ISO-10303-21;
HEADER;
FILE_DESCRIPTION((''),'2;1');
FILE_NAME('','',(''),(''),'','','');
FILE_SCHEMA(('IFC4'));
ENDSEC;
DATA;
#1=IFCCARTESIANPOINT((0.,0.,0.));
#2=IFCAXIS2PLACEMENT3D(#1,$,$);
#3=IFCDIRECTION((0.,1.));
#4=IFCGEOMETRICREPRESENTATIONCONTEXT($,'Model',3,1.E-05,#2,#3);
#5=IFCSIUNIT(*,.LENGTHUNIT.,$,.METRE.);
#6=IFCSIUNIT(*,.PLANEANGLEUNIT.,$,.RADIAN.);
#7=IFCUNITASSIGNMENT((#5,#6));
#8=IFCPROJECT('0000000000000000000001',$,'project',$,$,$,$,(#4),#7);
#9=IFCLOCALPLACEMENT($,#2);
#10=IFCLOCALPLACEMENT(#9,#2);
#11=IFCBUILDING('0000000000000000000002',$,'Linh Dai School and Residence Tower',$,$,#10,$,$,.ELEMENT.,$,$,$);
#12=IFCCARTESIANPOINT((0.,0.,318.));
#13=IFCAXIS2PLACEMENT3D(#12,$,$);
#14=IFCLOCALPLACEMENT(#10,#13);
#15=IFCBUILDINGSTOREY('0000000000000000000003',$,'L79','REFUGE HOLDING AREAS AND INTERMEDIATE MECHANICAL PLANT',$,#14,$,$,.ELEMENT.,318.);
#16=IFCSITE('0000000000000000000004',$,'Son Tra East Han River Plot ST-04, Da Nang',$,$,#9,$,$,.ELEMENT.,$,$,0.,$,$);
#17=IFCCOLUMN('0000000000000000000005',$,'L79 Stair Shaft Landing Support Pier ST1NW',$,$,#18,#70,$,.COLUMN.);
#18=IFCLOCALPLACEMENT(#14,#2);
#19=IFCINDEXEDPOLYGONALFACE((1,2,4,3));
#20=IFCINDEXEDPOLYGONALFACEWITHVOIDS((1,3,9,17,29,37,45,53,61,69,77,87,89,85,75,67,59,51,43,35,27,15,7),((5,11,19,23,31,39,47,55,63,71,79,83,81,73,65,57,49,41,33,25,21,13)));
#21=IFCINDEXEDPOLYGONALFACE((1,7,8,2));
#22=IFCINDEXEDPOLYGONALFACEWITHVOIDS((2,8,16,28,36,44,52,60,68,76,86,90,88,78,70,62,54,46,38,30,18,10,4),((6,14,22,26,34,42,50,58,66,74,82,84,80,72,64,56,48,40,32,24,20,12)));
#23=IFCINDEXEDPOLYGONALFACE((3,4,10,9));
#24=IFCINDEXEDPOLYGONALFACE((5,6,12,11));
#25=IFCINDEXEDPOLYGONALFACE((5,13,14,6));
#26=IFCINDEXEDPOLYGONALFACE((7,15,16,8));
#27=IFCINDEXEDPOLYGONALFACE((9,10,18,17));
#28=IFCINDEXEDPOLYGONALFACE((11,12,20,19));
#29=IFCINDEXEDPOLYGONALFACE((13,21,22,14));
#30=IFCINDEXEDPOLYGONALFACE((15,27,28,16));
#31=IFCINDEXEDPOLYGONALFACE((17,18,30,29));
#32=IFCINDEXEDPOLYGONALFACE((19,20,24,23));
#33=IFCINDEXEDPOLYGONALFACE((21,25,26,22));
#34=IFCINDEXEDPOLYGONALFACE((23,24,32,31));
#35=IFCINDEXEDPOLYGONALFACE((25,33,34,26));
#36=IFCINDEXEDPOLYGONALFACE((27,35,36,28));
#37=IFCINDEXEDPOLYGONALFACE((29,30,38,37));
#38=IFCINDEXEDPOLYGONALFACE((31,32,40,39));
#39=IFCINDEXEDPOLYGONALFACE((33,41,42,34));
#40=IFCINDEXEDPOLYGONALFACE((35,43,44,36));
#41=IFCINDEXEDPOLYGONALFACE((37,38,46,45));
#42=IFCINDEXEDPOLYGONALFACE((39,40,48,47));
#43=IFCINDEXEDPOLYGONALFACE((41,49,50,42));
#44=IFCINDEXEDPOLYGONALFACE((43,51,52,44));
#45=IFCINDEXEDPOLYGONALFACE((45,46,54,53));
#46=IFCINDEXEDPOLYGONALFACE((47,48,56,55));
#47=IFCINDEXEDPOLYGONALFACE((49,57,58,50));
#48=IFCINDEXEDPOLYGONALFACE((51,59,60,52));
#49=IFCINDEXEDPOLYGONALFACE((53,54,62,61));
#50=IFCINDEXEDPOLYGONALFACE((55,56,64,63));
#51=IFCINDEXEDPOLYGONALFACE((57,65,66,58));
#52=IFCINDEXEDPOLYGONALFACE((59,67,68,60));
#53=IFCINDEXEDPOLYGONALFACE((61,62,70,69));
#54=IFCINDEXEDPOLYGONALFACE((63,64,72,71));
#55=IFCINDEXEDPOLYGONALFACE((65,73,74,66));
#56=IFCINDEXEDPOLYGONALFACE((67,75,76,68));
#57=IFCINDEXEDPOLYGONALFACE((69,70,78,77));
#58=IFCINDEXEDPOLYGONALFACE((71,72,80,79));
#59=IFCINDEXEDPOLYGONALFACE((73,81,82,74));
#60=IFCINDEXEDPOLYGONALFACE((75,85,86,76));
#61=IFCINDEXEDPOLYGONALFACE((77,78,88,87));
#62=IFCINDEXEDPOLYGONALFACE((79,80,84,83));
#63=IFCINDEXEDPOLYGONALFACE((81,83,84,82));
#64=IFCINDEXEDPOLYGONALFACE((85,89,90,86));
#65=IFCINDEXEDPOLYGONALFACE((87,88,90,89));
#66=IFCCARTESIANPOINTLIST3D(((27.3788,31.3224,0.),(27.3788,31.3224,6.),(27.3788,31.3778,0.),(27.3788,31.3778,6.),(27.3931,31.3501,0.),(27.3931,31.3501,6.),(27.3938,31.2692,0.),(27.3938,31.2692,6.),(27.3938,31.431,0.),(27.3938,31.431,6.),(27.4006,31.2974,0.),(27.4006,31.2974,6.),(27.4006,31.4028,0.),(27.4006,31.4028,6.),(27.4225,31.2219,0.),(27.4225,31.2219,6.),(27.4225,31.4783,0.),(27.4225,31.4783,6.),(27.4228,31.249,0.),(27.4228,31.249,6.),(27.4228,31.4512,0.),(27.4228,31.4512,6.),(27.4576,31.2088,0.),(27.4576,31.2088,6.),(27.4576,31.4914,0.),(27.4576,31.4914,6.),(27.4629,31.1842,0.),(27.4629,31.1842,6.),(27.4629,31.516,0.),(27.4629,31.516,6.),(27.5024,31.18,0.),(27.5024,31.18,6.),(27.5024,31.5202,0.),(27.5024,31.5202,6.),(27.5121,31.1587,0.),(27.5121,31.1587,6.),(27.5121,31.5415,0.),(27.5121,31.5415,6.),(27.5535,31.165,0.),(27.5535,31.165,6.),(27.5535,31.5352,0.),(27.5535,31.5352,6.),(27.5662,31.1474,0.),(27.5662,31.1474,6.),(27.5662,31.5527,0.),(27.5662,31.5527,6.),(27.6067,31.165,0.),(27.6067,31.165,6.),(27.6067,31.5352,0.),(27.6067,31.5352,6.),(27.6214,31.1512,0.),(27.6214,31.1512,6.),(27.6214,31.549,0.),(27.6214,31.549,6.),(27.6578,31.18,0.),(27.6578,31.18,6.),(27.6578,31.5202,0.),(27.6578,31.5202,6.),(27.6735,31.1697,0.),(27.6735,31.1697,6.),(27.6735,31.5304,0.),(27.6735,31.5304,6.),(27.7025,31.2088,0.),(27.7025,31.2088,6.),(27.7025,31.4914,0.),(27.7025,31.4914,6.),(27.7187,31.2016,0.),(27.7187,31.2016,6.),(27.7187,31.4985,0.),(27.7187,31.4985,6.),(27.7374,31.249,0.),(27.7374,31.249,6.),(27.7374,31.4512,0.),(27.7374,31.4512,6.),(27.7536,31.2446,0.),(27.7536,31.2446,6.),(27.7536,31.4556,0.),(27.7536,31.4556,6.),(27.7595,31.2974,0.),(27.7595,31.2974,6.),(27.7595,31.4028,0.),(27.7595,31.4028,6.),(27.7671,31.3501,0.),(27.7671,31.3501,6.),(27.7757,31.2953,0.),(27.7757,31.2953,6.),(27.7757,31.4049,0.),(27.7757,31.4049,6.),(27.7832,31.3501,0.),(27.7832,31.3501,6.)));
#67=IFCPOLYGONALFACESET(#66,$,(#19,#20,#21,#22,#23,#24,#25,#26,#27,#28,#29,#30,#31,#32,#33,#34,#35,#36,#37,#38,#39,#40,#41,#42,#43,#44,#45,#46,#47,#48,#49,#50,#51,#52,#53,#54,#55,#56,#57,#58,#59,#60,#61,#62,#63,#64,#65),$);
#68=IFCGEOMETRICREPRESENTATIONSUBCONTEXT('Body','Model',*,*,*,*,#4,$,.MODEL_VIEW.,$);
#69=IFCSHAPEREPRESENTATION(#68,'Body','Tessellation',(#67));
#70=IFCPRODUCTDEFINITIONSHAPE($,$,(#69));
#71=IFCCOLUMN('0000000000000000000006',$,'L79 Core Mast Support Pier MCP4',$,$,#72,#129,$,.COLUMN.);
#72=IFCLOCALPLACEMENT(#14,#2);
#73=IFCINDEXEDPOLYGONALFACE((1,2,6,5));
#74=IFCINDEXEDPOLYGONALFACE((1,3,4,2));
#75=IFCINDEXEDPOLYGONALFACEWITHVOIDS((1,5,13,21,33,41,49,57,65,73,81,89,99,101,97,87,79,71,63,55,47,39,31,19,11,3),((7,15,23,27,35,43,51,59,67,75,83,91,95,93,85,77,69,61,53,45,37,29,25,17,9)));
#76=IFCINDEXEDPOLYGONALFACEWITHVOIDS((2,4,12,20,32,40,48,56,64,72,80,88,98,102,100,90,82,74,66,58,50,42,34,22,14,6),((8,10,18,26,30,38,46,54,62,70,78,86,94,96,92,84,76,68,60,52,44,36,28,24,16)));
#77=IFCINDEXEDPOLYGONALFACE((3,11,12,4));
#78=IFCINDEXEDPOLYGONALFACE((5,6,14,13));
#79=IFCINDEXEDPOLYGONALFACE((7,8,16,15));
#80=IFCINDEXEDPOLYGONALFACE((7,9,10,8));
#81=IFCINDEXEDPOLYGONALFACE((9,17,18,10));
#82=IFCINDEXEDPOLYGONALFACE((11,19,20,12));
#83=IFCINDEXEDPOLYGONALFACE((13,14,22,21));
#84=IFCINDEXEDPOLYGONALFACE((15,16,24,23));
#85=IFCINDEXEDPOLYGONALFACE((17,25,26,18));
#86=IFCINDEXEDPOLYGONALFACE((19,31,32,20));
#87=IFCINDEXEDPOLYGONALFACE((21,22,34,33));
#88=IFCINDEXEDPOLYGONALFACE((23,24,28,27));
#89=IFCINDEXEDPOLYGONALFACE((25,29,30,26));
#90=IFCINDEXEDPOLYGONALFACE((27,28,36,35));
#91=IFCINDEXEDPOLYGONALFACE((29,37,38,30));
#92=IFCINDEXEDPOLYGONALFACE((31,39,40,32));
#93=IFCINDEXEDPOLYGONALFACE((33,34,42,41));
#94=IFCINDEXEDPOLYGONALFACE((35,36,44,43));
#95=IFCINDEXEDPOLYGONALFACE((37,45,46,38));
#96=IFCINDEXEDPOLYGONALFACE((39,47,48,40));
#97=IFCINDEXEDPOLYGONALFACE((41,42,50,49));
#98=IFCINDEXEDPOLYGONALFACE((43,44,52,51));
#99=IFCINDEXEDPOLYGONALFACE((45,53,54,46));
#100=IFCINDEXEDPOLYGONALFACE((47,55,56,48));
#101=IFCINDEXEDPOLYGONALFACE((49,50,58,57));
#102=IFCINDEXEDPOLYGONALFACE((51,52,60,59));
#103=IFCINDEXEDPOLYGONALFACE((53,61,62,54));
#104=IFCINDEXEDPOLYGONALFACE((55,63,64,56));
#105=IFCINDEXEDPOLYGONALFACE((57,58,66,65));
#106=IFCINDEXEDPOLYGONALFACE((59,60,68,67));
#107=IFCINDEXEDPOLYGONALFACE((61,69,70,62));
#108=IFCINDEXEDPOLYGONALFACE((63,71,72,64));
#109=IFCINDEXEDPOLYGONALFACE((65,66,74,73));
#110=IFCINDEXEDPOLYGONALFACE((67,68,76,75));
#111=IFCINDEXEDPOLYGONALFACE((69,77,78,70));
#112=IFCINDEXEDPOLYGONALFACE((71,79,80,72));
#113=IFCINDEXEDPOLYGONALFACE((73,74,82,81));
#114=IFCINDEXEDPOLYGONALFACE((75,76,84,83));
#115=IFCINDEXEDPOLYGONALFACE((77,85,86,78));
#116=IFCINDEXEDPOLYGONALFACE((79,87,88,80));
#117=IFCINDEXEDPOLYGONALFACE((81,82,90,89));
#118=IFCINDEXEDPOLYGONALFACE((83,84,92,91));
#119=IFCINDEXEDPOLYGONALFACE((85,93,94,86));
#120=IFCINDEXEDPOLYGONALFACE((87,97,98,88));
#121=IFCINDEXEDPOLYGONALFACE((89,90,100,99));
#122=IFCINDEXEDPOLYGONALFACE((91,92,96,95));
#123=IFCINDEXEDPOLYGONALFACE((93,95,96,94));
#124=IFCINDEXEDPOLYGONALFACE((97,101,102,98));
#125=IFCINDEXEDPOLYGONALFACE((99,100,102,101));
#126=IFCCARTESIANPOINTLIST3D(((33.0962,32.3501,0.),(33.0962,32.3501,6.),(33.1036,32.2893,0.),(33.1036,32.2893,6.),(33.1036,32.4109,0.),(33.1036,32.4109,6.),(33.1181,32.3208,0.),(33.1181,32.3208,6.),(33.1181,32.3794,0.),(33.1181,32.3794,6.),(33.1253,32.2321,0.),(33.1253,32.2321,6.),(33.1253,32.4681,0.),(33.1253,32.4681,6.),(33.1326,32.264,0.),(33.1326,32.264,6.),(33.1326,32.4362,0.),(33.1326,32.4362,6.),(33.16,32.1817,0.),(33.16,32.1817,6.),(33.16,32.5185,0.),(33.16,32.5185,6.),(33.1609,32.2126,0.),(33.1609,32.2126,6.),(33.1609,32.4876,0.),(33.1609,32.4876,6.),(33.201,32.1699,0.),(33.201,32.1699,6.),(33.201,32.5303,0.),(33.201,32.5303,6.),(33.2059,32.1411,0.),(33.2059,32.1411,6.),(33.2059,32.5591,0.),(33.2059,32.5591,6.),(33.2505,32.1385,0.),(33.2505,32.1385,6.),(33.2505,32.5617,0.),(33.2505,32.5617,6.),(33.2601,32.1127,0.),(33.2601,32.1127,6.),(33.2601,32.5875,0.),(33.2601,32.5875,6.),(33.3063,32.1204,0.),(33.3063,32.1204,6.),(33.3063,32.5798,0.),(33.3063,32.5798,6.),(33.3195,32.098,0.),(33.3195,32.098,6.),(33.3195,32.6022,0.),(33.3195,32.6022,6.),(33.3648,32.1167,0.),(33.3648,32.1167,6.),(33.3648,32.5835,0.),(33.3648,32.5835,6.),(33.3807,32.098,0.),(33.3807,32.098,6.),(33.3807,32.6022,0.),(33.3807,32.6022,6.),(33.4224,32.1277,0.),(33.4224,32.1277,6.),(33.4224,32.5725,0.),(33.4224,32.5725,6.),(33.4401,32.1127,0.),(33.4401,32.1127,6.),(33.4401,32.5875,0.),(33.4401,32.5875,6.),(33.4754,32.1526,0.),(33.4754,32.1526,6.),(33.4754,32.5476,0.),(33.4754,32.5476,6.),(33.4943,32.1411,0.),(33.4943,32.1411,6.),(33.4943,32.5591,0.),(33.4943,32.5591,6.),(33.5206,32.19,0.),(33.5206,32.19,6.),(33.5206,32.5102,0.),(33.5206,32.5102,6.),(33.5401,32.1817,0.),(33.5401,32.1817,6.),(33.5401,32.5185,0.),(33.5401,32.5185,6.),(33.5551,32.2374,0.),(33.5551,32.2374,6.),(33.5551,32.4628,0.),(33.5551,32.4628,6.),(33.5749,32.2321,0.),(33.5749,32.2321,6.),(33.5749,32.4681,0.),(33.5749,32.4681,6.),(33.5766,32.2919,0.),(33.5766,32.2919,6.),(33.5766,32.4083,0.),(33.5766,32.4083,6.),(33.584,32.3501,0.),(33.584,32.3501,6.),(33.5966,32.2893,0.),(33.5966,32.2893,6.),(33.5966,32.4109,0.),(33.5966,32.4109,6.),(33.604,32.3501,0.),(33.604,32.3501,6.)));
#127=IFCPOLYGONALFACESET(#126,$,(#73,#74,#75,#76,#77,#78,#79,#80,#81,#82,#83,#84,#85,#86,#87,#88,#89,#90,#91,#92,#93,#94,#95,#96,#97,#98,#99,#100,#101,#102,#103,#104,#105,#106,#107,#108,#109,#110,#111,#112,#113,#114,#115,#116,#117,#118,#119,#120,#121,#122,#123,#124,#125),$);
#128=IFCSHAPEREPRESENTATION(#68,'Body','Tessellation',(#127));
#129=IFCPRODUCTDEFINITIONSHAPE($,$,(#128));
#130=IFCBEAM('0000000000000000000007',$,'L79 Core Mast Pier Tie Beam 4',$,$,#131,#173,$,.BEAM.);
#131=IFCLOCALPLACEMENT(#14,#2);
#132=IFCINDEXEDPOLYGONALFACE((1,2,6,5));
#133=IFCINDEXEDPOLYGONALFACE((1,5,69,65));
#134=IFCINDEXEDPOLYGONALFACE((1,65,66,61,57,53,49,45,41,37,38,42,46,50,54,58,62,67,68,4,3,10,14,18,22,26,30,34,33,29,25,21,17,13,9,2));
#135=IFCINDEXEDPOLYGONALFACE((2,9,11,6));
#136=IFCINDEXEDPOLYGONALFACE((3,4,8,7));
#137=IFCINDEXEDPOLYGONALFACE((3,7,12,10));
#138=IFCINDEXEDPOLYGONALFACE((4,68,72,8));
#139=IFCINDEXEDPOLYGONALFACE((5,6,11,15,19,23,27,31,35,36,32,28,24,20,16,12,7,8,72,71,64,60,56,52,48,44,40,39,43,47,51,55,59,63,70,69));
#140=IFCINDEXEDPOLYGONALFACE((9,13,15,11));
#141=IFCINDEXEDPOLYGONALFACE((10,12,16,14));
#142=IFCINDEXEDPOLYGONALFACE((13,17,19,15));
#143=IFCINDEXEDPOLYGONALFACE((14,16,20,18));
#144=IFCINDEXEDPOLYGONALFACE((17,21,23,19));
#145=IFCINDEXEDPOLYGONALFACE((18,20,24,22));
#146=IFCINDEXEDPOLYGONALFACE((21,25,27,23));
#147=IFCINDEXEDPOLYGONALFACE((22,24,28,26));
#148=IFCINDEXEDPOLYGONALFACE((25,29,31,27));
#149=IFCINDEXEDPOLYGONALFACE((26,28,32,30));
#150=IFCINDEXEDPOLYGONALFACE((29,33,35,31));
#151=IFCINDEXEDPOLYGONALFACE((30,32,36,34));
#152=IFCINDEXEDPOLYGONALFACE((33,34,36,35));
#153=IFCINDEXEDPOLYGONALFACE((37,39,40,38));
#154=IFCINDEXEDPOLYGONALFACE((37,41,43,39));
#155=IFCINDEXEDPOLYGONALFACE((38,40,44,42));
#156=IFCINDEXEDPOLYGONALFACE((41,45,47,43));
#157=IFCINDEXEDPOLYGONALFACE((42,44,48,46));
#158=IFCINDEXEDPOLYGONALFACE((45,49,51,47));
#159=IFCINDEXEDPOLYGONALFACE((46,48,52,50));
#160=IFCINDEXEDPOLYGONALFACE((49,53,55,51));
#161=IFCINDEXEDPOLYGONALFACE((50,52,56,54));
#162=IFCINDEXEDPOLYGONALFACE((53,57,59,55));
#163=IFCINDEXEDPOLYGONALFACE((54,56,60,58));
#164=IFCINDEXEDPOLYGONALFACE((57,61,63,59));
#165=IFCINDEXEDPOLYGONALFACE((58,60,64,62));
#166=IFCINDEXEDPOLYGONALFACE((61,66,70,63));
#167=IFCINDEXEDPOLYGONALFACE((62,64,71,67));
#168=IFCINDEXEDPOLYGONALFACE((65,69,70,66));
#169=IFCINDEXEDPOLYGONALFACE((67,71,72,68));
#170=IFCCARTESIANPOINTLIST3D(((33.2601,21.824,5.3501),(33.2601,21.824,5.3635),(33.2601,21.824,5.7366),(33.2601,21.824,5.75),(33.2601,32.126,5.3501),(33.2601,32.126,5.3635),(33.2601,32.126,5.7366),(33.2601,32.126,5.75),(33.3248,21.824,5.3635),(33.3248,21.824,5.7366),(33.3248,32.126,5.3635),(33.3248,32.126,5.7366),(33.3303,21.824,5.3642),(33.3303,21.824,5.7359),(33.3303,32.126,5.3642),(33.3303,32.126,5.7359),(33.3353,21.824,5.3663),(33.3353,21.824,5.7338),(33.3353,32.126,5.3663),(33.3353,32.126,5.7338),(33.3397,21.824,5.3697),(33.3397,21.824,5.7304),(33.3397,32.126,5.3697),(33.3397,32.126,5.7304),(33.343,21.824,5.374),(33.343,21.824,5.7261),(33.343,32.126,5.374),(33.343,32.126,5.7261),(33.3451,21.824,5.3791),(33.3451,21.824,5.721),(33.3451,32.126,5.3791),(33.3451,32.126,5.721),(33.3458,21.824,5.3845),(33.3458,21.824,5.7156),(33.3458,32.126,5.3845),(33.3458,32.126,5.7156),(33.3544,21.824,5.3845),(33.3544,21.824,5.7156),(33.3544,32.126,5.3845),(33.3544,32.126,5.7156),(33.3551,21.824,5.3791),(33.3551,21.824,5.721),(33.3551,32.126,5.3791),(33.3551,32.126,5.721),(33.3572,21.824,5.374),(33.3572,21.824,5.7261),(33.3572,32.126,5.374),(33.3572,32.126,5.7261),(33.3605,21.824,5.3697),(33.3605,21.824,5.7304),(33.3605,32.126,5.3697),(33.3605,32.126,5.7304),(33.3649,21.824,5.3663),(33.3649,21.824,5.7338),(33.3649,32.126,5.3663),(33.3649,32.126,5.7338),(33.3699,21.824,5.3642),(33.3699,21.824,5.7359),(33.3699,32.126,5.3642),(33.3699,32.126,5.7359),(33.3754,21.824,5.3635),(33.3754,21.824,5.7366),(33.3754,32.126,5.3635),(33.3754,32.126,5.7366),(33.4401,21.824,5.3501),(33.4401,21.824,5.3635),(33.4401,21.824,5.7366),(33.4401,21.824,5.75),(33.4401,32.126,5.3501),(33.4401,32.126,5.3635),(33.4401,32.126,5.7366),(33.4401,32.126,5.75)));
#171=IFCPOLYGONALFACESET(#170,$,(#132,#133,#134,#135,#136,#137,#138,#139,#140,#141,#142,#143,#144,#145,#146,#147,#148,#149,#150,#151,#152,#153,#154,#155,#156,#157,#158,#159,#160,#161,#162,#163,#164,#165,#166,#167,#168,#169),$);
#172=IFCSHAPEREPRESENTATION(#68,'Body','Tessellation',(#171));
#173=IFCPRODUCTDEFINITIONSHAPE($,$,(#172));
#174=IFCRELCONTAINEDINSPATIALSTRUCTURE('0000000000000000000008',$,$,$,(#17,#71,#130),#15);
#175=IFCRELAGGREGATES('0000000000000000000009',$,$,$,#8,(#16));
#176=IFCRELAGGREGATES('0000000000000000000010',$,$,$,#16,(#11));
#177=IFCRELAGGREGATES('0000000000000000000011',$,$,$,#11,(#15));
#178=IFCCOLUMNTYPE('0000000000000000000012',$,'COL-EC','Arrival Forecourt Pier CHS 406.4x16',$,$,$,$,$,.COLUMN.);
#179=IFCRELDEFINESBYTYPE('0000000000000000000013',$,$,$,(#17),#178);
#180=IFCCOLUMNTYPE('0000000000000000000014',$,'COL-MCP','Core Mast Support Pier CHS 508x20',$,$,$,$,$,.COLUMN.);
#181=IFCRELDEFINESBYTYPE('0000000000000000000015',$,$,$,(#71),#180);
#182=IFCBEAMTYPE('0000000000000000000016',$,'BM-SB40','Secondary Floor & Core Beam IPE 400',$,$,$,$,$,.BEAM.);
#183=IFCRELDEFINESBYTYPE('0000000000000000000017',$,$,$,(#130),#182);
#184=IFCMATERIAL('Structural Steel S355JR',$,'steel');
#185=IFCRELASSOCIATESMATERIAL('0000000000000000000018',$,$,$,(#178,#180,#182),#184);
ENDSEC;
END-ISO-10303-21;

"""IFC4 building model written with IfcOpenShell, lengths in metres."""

from ifc_helpers import new_model, si_unit, direction, frame, origin, origin_2d, place, context, subcontext, project, spatial, hollow_circle, i_section, extrude, material, material_profile, profile_set, type_object, element, save


model = new_model("IFC4")

# Units and contexts
model_context = context("Model", 3, precision=1e-05, world=origin(), true_north=direction((0.0, 1.0)))
body_context = subcontext(model_context, "Body", "Model", "MODEL_VIEW")
ifc_project = project(units=[si_unit("LENGTHUNIT", "METRE"), si_unit("PLANEANGLEUNIT", "RADIAN")], contexts=[model_context])

# Site, building, storey
site_placement = place(None, origin())
site = spatial("IfcSite", under=ifc_project, at=site_placement, Name="Son Tra East Han River Plot ST-04, Da Nang", CompositionType="ELEMENT", RefElevation=0.0)
building_placement = place(site_placement, origin())
building = spatial("IfcBuilding", under=site, at=building_placement, Name="Linh Dai School and Residence Tower", CompositionType="ELEMENT")
storey_placement = place(building_placement, frame((0.0, 0.0, 318.0)))
storey = spatial("IfcBuildingStorey", under=building, at=storey_placement, Name="L79", Description="REFUGE HOLDING AREAS AND INTERMEDIATE MECHANICAL PLANT", CompositionType="ELEMENT", Elevation=318.0)

# Columns
ifc_material_1 = material(Name="Structural Steel S355JR", Category="steel")
ifc_material_profile_1 = material_profile(ifc_material_1, hollow_circle(Radius=0.2031, WallThickness=0.0161, at=origin_2d()), Name="CHS 406.4x16")
ifc_profile_set_1 = profile_set([ifc_material_profile_1], Name="Structural Steel S355JR")
column_type_1 = type_object("IfcColumnType", Name="COL-EC", Description="Arrival Forecourt Pier CHS 406.4x16", PredefinedType="COLUMN", material=ifc_profile_set_1)
column_1_placement = place(storey_placement, frame((27.5801, 31.3501, 0.0), z_axis=(0.0, 0.0, 1.0), x_axis=(1.0, 0.0, 0.0)))
element("IfcColumn", 1, at=column_1_placement, inside=storey, type_object=column_type_1, Name="L79 Stair Shaft Landing Support Pier ST1NW", PredefinedType="COLUMN", context=body_context, shape_type="SweptSolid", body=[
    extrude(hollow_circle(Radius=0.2031, WallThickness=0.0161, at=origin_2d()), origin(), (0.0, 0.0, 1.0), 6.0),
])
ifc_material_profile_2 = material_profile(ifc_material_1, hollow_circle(Radius=0.2539, WallThickness=0.02, at=origin_2d()), Name="CHS 508x20")
ifc_profile_set_2 = profile_set([ifc_material_profile_2], Name="Structural Steel S355JR")
column_type_2 = type_object("IfcColumnType", Name="COL-MCP", Description="Core Mast Support Pier CHS 508x20", PredefinedType="COLUMN", material=ifc_profile_set_2)
column_2_placement = place(storey_placement, frame((33.3501, 32.3501, 0.0), z_axis=(0.0, 0.0, 1.0), x_axis=(1.0, 0.0, 0.0)))
element("IfcColumn", 2, at=column_2_placement, inside=storey, type_object=column_type_2, Name="L79 Core Mast Support Pier MCP4", PredefinedType="COLUMN", context=body_context, shape_type="SweptSolid", body=[
    extrude(hollow_circle(Radius=0.2539, WallThickness=0.02, at=origin_2d()), origin(), (0.0, 0.0, 1.0), 6.0),
])

# Beam
ifc_material_profile_3 = material_profile(ifc_material_1, i_section(OverallWidth=0.1799, OverallDepth=0.3999, WebThickness=0.0085, FlangeThickness=0.0134, FilletRadius=0.021, at=origin_2d()), Name="IPE 400")
ifc_profile_set_3 = profile_set([ifc_material_profile_3], Name="Structural Steel S355JR")
beam_type = type_object("IfcBeamType", Name="BM-SB40", Description="Secondary Floor & Core Beam IPE 400", PredefinedType="BEAM", material=ifc_profile_set_3)
beam_placement = place(storey_placement, frame((33.3501, 32.126, 5.55), z_axis=(0.0, -1.0, 0.0), x_axis=(1.0, 0.0, 0.0)))
element("IfcBeam", 3, at=beam_placement, inside=storey, type_object=beam_type, Name="L79 Core Mast Pier Tie Beam 4", PredefinedType="BEAM", context=body_context, shape_type="SweptSolid", body=[
    extrude(i_section(OverallWidth=0.1799, OverallDepth=0.3999, WebThickness=0.0085, FlangeThickness=0.0134, FilletRadius=0.021, at=origin_2d()), origin(), (0.0, 0.0, 1.0), 10.302),
])

save(model, "model.ifc")
